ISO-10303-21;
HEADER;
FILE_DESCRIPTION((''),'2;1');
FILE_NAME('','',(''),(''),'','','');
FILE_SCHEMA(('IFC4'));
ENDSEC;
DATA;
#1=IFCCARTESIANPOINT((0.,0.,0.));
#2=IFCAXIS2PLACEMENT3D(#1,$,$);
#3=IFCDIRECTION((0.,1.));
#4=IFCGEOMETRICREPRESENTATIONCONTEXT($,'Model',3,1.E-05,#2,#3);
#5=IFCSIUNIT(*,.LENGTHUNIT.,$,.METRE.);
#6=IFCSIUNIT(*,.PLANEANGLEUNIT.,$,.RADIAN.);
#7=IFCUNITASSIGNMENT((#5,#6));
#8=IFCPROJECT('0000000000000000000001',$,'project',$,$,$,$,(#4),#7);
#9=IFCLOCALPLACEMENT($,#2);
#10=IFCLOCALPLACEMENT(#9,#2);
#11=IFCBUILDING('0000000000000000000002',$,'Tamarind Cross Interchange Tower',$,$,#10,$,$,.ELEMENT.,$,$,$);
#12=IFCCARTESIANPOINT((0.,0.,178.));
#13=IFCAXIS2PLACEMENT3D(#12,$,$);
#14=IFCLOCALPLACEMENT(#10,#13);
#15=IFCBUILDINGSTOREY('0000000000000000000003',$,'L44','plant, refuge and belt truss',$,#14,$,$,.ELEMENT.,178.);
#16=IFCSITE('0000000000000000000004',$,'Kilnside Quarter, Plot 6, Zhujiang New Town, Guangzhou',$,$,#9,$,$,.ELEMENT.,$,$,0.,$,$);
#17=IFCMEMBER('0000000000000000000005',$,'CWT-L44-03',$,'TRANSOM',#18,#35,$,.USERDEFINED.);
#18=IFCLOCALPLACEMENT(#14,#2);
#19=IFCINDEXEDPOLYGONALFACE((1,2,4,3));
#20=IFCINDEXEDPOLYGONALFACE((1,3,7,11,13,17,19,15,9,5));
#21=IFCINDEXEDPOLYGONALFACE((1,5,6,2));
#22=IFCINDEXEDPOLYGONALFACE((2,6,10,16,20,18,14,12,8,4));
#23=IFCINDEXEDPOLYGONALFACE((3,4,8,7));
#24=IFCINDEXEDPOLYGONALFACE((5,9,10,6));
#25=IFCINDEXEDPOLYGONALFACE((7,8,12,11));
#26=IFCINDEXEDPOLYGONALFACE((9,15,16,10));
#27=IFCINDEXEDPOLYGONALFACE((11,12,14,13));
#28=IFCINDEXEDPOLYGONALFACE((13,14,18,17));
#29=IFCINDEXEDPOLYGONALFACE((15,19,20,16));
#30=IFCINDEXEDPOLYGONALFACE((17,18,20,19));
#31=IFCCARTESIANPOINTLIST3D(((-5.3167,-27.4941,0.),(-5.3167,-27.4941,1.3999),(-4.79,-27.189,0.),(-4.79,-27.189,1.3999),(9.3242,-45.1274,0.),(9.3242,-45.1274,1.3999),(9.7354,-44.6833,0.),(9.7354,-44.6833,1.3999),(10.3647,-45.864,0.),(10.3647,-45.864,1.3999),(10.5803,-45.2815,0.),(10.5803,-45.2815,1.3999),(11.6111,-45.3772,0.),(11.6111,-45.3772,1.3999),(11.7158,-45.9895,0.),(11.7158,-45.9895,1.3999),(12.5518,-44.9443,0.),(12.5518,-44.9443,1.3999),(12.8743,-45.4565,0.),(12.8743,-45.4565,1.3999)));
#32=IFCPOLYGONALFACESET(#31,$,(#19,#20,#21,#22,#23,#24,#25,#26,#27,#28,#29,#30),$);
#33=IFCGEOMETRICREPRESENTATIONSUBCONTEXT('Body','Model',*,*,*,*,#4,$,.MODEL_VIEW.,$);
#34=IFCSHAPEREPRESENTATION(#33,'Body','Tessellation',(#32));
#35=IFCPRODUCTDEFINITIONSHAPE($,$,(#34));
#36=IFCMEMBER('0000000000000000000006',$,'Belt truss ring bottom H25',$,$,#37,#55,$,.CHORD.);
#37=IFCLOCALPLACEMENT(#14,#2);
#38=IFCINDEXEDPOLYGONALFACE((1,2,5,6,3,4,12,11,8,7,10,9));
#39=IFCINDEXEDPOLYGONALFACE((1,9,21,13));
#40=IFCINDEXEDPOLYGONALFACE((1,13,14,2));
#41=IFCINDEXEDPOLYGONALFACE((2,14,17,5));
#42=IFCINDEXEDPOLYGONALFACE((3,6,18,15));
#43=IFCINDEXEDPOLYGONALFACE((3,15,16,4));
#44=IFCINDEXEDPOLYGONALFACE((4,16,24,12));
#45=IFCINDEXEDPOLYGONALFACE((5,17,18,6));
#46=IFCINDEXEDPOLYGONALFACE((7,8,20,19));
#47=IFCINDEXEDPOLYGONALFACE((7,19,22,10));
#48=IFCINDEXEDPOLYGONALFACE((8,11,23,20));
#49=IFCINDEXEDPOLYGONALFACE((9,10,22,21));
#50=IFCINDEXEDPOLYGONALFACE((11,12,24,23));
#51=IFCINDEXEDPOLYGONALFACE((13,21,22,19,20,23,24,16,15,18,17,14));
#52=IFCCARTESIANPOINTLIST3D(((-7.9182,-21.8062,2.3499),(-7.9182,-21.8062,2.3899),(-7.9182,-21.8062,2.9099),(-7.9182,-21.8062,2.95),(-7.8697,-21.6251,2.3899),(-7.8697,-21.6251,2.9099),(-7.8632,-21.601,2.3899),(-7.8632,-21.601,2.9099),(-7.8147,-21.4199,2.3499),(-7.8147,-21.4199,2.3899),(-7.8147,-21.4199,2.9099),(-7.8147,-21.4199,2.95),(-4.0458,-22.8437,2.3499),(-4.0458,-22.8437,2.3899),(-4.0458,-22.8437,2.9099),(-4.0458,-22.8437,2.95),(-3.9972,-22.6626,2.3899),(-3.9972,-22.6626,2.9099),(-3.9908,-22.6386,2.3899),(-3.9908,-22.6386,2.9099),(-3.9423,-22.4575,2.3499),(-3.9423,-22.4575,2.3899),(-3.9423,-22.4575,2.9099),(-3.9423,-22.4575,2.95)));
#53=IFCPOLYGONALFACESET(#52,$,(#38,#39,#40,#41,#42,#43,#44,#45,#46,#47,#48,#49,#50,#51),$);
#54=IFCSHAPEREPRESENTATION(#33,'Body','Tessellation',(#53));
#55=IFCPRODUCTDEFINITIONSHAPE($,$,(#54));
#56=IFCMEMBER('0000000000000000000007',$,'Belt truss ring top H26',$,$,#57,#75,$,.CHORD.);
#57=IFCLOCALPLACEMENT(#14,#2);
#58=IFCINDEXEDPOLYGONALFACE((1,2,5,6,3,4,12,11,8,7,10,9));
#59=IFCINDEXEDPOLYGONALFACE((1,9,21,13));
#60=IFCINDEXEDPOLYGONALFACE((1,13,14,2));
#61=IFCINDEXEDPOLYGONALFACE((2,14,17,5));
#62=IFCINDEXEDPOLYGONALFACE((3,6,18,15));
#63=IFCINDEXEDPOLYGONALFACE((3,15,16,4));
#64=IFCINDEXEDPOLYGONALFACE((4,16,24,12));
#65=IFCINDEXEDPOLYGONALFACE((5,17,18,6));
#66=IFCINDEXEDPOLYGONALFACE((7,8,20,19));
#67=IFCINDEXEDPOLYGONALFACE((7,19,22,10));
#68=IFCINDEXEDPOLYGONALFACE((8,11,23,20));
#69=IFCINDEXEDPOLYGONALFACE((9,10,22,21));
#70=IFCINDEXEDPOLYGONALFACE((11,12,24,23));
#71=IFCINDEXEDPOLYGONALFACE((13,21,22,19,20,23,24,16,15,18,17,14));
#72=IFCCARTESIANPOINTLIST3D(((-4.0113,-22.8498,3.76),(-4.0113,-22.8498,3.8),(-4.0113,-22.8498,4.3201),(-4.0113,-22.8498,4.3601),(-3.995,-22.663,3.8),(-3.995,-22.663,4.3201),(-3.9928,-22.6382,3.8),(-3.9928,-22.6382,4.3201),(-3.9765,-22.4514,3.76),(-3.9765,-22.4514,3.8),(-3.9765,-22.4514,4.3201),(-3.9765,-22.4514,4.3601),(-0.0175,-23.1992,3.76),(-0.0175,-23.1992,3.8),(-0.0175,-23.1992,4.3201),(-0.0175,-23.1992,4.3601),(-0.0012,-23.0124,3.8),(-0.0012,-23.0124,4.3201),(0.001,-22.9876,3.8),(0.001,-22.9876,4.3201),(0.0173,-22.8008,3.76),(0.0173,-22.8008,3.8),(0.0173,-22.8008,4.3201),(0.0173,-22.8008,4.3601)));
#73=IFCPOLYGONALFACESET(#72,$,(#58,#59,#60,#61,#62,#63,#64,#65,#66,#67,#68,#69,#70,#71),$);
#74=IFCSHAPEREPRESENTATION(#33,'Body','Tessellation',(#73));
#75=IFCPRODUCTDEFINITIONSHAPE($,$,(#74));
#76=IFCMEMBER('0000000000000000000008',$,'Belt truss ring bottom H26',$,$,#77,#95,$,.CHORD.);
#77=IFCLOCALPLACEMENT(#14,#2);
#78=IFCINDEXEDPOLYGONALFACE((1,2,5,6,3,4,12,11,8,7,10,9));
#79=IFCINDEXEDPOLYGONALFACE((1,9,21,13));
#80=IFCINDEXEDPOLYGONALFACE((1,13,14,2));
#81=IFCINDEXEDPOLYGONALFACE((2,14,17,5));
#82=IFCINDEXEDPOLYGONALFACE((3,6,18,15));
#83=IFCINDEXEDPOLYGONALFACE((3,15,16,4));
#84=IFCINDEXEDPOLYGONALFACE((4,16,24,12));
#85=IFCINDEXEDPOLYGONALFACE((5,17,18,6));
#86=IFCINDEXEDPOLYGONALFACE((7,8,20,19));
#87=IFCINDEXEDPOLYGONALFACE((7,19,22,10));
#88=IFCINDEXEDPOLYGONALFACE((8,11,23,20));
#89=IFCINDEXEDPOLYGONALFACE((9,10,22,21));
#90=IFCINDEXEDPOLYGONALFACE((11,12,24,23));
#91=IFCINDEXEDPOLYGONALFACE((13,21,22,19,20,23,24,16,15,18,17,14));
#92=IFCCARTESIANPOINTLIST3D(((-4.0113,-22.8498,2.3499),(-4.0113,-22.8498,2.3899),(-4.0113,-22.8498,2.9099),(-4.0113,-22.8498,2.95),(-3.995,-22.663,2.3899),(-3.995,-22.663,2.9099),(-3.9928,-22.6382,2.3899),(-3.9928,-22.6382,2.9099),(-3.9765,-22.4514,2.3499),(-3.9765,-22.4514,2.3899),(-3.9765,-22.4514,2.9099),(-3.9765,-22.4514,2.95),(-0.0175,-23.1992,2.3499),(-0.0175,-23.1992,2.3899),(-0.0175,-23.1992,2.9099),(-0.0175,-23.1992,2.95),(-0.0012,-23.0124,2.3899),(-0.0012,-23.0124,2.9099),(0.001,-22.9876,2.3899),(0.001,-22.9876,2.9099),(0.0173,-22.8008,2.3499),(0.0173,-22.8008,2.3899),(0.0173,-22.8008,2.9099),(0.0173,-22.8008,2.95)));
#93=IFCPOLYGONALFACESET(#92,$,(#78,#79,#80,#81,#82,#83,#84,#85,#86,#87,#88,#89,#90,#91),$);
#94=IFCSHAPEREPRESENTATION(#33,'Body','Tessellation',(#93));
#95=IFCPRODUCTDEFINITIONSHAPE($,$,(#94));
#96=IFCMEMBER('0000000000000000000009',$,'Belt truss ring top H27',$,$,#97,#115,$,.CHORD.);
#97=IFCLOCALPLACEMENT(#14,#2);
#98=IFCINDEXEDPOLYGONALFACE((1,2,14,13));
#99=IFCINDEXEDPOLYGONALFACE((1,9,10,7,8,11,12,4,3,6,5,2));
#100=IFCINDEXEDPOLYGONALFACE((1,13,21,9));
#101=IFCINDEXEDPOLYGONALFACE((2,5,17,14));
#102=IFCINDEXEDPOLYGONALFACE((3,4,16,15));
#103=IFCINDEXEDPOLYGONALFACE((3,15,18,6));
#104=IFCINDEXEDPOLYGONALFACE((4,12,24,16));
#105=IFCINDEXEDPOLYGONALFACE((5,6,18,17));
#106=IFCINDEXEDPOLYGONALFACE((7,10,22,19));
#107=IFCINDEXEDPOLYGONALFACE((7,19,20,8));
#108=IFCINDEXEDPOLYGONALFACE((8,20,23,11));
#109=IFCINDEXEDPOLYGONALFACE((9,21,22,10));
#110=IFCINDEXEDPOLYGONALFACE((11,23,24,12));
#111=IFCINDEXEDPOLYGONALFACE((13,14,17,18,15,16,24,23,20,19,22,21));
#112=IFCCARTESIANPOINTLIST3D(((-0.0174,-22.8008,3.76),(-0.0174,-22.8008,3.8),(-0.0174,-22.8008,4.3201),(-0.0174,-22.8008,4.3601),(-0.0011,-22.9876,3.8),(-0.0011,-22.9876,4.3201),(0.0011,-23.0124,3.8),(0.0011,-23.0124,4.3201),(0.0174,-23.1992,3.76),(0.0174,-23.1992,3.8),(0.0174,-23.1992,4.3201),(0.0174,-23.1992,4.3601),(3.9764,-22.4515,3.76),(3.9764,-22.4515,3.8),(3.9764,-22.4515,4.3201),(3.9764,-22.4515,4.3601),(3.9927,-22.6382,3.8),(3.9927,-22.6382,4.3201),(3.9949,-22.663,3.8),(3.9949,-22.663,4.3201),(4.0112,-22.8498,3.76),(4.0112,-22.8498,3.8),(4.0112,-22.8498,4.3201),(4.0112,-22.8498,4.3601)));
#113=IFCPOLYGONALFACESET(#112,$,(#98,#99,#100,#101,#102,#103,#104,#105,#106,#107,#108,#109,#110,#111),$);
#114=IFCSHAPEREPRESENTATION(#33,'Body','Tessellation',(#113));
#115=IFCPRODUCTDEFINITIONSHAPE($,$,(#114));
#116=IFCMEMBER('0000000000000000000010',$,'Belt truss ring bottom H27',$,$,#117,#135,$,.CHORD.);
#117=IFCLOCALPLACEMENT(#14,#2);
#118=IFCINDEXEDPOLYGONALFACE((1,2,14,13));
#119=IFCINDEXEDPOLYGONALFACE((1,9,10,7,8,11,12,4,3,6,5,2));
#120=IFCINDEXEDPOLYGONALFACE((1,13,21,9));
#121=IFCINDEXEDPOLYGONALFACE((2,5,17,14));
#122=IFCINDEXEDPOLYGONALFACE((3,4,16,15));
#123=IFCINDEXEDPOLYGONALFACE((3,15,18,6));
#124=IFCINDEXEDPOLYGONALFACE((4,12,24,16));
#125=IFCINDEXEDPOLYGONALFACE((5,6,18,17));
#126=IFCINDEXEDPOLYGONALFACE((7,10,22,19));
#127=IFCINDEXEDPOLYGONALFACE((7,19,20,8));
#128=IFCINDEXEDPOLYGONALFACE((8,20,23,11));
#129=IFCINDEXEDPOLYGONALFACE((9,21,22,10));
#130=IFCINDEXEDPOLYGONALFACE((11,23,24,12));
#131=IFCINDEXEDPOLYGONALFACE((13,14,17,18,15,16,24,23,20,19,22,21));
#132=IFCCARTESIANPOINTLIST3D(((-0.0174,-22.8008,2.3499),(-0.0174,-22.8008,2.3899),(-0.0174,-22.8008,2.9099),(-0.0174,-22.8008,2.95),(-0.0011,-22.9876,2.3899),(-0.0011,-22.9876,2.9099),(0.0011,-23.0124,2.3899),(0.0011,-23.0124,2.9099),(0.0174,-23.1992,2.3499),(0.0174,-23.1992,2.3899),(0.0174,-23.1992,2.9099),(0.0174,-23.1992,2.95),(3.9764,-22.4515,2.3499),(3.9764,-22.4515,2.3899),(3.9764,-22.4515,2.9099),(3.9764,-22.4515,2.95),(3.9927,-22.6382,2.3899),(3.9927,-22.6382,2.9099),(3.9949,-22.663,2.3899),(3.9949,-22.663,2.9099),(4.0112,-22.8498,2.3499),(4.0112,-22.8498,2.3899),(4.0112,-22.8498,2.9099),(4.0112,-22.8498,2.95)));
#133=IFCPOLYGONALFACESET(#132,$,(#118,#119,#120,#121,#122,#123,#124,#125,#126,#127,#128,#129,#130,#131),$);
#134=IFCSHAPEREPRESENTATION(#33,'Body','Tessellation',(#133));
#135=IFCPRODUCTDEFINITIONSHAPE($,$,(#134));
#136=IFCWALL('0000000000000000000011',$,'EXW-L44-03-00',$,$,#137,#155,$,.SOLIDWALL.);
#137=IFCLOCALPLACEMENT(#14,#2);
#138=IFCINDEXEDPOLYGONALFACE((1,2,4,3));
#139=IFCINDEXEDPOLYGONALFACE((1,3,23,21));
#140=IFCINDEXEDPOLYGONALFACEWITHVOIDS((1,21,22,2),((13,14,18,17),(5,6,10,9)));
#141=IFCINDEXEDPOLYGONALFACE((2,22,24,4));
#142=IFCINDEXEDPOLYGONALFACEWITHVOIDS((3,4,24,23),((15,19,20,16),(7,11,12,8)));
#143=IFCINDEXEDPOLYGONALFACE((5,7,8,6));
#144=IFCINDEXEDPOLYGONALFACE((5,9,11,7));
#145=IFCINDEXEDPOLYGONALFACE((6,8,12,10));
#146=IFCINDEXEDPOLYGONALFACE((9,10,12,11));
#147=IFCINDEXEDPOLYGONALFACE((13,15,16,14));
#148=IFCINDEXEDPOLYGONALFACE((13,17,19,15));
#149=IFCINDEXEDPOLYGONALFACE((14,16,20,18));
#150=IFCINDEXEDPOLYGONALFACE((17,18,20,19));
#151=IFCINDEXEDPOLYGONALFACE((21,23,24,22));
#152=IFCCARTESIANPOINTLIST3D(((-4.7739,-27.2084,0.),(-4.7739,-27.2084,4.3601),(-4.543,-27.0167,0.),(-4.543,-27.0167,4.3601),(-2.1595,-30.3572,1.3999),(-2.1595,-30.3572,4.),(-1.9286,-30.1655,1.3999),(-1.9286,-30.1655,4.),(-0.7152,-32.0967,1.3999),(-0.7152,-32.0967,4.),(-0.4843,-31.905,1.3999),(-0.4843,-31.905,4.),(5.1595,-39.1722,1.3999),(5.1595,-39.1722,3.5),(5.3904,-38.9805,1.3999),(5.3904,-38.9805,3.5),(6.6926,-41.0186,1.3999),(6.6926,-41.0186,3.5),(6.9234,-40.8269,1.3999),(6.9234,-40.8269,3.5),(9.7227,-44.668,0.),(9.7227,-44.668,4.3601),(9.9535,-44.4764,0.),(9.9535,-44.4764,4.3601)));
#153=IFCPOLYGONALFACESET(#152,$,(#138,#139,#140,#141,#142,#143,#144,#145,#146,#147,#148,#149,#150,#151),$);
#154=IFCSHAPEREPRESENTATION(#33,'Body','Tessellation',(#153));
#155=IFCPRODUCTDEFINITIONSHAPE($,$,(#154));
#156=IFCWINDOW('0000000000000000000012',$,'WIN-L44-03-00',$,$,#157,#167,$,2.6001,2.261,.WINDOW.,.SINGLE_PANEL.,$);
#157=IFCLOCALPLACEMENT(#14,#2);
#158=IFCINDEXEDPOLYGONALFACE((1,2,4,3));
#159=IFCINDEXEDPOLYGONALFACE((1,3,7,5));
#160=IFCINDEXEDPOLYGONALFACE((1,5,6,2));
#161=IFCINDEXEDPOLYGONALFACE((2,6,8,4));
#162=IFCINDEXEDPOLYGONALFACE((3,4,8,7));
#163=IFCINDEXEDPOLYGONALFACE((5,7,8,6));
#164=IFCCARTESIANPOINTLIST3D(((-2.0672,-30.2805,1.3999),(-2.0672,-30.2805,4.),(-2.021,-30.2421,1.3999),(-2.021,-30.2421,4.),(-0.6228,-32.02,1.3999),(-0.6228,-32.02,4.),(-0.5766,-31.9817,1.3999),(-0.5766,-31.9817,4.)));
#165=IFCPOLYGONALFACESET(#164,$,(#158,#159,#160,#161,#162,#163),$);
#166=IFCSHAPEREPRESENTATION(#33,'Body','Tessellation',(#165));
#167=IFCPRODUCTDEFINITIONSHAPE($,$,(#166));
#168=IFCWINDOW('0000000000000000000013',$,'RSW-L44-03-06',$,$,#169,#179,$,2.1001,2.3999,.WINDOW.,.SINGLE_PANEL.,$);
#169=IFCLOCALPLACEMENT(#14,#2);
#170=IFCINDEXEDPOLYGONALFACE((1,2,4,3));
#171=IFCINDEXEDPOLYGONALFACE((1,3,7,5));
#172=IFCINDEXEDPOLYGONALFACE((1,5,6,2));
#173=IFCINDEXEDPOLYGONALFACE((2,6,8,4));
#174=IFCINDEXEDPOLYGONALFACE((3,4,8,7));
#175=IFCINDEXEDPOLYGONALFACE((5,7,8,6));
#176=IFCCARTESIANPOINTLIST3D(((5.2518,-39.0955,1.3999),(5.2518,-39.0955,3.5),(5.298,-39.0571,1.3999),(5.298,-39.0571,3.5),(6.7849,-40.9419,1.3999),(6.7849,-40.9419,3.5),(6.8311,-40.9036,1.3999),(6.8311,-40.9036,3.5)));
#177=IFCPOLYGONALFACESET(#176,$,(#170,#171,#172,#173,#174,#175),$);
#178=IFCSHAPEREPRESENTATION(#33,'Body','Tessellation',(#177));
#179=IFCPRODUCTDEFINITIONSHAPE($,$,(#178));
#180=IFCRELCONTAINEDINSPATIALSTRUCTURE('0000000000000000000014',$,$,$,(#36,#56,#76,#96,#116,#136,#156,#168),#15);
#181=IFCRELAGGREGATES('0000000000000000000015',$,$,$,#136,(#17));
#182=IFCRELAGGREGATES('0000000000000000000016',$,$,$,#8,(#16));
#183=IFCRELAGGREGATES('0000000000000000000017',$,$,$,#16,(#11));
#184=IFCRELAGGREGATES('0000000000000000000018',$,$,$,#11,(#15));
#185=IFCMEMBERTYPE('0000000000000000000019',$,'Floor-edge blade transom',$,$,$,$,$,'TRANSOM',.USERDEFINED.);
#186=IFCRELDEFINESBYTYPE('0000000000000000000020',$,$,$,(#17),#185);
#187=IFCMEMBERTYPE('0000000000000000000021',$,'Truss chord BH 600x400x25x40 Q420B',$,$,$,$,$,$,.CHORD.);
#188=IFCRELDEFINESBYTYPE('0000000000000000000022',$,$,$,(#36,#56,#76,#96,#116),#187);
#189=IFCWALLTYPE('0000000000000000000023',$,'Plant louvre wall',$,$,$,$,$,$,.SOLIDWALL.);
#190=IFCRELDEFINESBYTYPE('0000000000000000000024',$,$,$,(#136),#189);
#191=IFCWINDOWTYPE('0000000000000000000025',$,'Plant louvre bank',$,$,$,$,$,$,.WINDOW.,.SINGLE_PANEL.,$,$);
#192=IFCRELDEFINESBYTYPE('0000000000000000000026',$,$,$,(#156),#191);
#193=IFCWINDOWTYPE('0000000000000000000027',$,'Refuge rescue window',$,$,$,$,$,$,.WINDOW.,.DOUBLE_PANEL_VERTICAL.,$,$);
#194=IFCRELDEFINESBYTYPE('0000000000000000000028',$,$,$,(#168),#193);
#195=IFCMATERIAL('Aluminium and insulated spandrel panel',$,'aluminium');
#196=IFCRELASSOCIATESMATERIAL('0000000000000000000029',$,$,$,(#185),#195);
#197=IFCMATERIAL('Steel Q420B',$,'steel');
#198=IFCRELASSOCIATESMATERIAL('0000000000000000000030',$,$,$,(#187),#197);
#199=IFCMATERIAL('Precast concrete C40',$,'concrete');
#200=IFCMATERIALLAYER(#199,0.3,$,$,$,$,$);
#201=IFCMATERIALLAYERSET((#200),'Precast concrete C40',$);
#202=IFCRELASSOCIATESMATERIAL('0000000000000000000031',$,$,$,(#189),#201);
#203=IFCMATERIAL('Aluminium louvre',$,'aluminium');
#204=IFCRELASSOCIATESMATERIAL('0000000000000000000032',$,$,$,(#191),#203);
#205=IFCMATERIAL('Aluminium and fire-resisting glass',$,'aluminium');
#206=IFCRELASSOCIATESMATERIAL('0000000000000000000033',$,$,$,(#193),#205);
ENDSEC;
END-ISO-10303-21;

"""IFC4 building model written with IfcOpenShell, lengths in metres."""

from ifc_helpers import new_model, si_unit, direction, frame, frame_2d, origin, origin_2d, place, context, subcontext, project, spatial, polyline, rectangle, i_section, outline, extrude, material, layer, layer_set, material_profile, profile_set, type_object, element, fill, aggregate, save


model = new_model("IFC4")

# Units and contexts
model_context = context("Model", 3, precision=1e-05, world=origin(), true_north=direction((0.0, 1.0)))
body_context = subcontext(model_context, "Body", "Model", "MODEL_VIEW")
ifc_project = project(units=[si_unit("LENGTHUNIT", "METRE"), si_unit("PLANEANGLEUNIT", "RADIAN")], contexts=[model_context])

# Site, building, storey
site_placement = place(None, origin())
site = spatial("IfcSite", under=ifc_project, at=site_placement, Name="Kilnside Quarter, Plot 6, Zhujiang New Town, Guangzhou", CompositionType="ELEMENT", RefElevation=0.0)
building_placement = place(site_placement, origin())
building = spatial("IfcBuilding", under=site, at=building_placement, Name="Tamarind Cross Interchange Tower", CompositionType="ELEMENT")
storey_placement = place(building_placement, frame((0.0, 0.0, 178.0)))
storey = spatial("IfcBuildingStorey", under=building, at=storey_placement, Name="L44", Description="plant, refuge and belt truss", CompositionType="ELEMENT", Elevation=178.0)

# Member
ifc_material_1 = material(Name="Aluminium and insulated spandrel panel", Category="aluminium")
member_type_1 = type_object("IfcMemberType", Name="Floor-edge blade transom", ElementType="TRANSOM", PredefinedType="USERDEFINED", material=ifc_material_1)
member_placement = place(storey_placement, origin())
member = element("IfcMember", 1, at=member_placement, type_object=member_type_1, Name="CWT-L44-03", ObjectType="TRANSOM", PredefinedType="USERDEFINED", context=body_context, shape_type="SweptSolid", body=[
    extrude(outline(polyline([(-4.79, -27.189), (9.7354, -44.6833), (10.5803, -45.2815), (11.6111, -45.3772), (12.5518, -44.9443), (12.8743, -45.4565), (11.7158, -45.9895), (10.3647, -45.864), (9.3242, -45.1274), (-5.3167, -27.4941), (-4.79, -27.189)])), origin(), (0.0, 0.0, 1.0), 1.3999),
])

# Members
ifc_material_2 = material(Name="Steel Q420B", Category="steel")
ifc_material_profile_1 = material_profile(ifc_material_2, i_section(OverallWidth=0.3999, OverallDepth=0.6001, WebThickness=0.0249, FlangeThickness=0.04, at=origin_2d()), Name="BH 600x400x25x40")
ifc_profile_set_1 = profile_set([ifc_material_profile_1], Name="Steel Q420B")
member_type_2 = type_object("IfcMemberType", Name="Truss chord BH 600x400x25x40 Q420B", PredefinedType="CHORD", material=ifc_profile_set_1)
for number, where, z_axis, x_axis, name in (
    (2, (-7.8665, -21.613, 2.6499), (0.965929, -0.258807, 0.0), (0.258807, 0.965929, 0.0), "Belt truss ring bottom H25"),
    (3, (-3.9939, -22.6506, 4.0601), (0.996196, -0.087142, 0.0), (0.087142, 0.996196, 0.0), "Belt truss ring top H26"),
    (4, (-3.9939, -22.6506, 2.6499), (0.996196, -0.087142, 0.0), (0.087142, 0.996196, 0.0), "Belt truss ring bottom H26"),
    (5, (0.0, -23.0, 4.0601), (0.996196, 0.087142, 0.0), (-0.087142, 0.996196, 0.0), "Belt truss ring top H27"),
    (6, (0.0, -23.0, 2.6499), (0.996196, 0.087142, 0.0), (-0.087142, 0.996196, 0.0), "Belt truss ring bottom H27"),
):
    element("IfcMember", number, at=place(storey_placement, frame(where, z_axis=z_axis, x_axis=x_axis)), inside=storey, type_object=member_type_2, Name=name, PredefinedType="CHORD", context=body_context, shape_type="SweptSolid", body=[
        extrude(i_section(OverallWidth=0.3999, OverallDepth=0.6001, WebThickness=0.0249, FlangeThickness=0.04, at=origin_2d()), origin(), (0.0, 0.0, 1.0), 4.009),
    ])

# Shared definitions
ifc_material_3 = material(Name="Precast concrete C40", Category="concrete")
ifc_layer_1 = layer(ifc_material_3, 0.3)
ifc_layer_set_1 = layer_set([ifc_layer_1], Name="Precast concrete C40")
wall_type_1 = type_object("IfcWallType", Name="Plant louvre wall", PredefinedType="SOLIDWALL", material=ifc_layer_set_1)

# Shared definitions
ifc_material_4 = material(Name="Aluminium and fire-resisting glass", Category="aluminium")

# Wall, openings, windows
wall_1_placement = place(storey_placement, frame((-4.6584, -27.1125, 0.0), z_axis=(0.0, 0.0, 1.0), x_axis=(0.6388, -0.769373, 0.0)))
wall_1 = element("IfcWall", 7, at=wall_1_placement, inside=storey, type_object=wall_type_1, Name="EXW-L44-03-00", PredefinedType="SOLIDWALL", context=body_context, shape_type="SweptSolid", body=[
    extrude(rectangle(XDim=22.6934, YDim=0.3, at=frame_2d((11.3467, 0.0))), origin(), (0.0, 0.0, 1.0), 4.3601),
])
opening_1_placement = place(wall_1_placement, frame((4.0928, 0.0, 1.3999)))
opening_1 = element("IfcOpeningElement", 8, at=opening_1_placement, cuts=wall_1, PredefinedType="OPENING", context=body_context, shape_type="SweptSolid", body=[
    extrude(rectangle(XDim=2.261, YDim=2.6001, at=frame_2d((1.1304, 1.3))), frame((0.0, 0.1599, 0.0), z_axis=(0.0, -1.0, 0.0), x_axis=(1.0, 0.0, 0.0)), (0.0, 0.0, 1.0), 0.3201),
])
opening_2_placement = place(wall_1_placement, frame((15.55, 0.0, 1.3999)))
opening_2 = element("IfcOpeningElement", 9, at=opening_2_placement, cuts=wall_1, PredefinedType="OPENING", context=body_context, shape_type="SweptSolid", body=[
    extrude(rectangle(XDim=2.3999, YDim=2.1001, at=frame_2d((1.2, 1.05))), frame((0.0, 0.1599, 0.0), z_axis=(0.0, -1.0, 0.0), x_axis=(1.0, 0.0, 0.0)), (0.0, 0.0, 1.0), 0.3201),
])
ifc_material_5 = material(Name="Aluminium louvre", Category="aluminium")
window_type_1 = type_object("IfcWindowType", Name="Plant louvre bank", PartitioningType="SINGLE_PANEL", PredefinedType="WINDOW", material=ifc_material_5)
window_1_placement = place(opening_1_placement, origin())
window_1 = element("IfcWindow", 10, at=window_1_placement, inside=storey, type_object=window_type_1, Name="WIN-L44-03-00", OverallHeight=2.6001, OverallWidth=2.261, PartitioningType="SINGLE_PANEL", PredefinedType="WINDOW", context=body_context, shape_type="SweptSolid", body=[
    extrude(rectangle(XDim=2.261, YDim=2.6001, at=frame_2d((1.1304, 1.3))), frame((0.0, 0.03, 0.0), z_axis=(0.0, -1.0, 0.0), x_axis=(1.0, 0.0, 0.0)), (0.0, 0.0, 1.0), 0.0601),
])
fill(opening_1, window_1)
window_type_2 = type_object("IfcWindowType", Name="Refuge rescue window", PartitioningType="DOUBLE_PANEL_VERTICAL", PredefinedType="WINDOW", material=ifc_material_4)
window_2_placement = place(opening_2_placement, origin())
window_2 = element("IfcWindow", 11, at=window_2_placement, inside=storey, type_object=window_type_2, Name="RSW-L44-03-06", OverallHeight=2.1001, OverallWidth=2.3999, PartitioningType="SINGLE_PANEL", PredefinedType="WINDOW", context=body_context, shape_type="SweptSolid", body=[
    extrude(rectangle(XDim=2.3999, YDim=2.1001, at=frame_2d((1.2, 1.05))), frame((0.0, 0.03, 0.0), z_axis=(0.0, -1.0, 0.0), x_axis=(1.0, 0.0, 0.0)), (0.0, 0.0, 1.0), 0.0601),
])
fill(opening_2, window_2)
aggregate(wall_1, [member])

save(model, "model.ifc")
